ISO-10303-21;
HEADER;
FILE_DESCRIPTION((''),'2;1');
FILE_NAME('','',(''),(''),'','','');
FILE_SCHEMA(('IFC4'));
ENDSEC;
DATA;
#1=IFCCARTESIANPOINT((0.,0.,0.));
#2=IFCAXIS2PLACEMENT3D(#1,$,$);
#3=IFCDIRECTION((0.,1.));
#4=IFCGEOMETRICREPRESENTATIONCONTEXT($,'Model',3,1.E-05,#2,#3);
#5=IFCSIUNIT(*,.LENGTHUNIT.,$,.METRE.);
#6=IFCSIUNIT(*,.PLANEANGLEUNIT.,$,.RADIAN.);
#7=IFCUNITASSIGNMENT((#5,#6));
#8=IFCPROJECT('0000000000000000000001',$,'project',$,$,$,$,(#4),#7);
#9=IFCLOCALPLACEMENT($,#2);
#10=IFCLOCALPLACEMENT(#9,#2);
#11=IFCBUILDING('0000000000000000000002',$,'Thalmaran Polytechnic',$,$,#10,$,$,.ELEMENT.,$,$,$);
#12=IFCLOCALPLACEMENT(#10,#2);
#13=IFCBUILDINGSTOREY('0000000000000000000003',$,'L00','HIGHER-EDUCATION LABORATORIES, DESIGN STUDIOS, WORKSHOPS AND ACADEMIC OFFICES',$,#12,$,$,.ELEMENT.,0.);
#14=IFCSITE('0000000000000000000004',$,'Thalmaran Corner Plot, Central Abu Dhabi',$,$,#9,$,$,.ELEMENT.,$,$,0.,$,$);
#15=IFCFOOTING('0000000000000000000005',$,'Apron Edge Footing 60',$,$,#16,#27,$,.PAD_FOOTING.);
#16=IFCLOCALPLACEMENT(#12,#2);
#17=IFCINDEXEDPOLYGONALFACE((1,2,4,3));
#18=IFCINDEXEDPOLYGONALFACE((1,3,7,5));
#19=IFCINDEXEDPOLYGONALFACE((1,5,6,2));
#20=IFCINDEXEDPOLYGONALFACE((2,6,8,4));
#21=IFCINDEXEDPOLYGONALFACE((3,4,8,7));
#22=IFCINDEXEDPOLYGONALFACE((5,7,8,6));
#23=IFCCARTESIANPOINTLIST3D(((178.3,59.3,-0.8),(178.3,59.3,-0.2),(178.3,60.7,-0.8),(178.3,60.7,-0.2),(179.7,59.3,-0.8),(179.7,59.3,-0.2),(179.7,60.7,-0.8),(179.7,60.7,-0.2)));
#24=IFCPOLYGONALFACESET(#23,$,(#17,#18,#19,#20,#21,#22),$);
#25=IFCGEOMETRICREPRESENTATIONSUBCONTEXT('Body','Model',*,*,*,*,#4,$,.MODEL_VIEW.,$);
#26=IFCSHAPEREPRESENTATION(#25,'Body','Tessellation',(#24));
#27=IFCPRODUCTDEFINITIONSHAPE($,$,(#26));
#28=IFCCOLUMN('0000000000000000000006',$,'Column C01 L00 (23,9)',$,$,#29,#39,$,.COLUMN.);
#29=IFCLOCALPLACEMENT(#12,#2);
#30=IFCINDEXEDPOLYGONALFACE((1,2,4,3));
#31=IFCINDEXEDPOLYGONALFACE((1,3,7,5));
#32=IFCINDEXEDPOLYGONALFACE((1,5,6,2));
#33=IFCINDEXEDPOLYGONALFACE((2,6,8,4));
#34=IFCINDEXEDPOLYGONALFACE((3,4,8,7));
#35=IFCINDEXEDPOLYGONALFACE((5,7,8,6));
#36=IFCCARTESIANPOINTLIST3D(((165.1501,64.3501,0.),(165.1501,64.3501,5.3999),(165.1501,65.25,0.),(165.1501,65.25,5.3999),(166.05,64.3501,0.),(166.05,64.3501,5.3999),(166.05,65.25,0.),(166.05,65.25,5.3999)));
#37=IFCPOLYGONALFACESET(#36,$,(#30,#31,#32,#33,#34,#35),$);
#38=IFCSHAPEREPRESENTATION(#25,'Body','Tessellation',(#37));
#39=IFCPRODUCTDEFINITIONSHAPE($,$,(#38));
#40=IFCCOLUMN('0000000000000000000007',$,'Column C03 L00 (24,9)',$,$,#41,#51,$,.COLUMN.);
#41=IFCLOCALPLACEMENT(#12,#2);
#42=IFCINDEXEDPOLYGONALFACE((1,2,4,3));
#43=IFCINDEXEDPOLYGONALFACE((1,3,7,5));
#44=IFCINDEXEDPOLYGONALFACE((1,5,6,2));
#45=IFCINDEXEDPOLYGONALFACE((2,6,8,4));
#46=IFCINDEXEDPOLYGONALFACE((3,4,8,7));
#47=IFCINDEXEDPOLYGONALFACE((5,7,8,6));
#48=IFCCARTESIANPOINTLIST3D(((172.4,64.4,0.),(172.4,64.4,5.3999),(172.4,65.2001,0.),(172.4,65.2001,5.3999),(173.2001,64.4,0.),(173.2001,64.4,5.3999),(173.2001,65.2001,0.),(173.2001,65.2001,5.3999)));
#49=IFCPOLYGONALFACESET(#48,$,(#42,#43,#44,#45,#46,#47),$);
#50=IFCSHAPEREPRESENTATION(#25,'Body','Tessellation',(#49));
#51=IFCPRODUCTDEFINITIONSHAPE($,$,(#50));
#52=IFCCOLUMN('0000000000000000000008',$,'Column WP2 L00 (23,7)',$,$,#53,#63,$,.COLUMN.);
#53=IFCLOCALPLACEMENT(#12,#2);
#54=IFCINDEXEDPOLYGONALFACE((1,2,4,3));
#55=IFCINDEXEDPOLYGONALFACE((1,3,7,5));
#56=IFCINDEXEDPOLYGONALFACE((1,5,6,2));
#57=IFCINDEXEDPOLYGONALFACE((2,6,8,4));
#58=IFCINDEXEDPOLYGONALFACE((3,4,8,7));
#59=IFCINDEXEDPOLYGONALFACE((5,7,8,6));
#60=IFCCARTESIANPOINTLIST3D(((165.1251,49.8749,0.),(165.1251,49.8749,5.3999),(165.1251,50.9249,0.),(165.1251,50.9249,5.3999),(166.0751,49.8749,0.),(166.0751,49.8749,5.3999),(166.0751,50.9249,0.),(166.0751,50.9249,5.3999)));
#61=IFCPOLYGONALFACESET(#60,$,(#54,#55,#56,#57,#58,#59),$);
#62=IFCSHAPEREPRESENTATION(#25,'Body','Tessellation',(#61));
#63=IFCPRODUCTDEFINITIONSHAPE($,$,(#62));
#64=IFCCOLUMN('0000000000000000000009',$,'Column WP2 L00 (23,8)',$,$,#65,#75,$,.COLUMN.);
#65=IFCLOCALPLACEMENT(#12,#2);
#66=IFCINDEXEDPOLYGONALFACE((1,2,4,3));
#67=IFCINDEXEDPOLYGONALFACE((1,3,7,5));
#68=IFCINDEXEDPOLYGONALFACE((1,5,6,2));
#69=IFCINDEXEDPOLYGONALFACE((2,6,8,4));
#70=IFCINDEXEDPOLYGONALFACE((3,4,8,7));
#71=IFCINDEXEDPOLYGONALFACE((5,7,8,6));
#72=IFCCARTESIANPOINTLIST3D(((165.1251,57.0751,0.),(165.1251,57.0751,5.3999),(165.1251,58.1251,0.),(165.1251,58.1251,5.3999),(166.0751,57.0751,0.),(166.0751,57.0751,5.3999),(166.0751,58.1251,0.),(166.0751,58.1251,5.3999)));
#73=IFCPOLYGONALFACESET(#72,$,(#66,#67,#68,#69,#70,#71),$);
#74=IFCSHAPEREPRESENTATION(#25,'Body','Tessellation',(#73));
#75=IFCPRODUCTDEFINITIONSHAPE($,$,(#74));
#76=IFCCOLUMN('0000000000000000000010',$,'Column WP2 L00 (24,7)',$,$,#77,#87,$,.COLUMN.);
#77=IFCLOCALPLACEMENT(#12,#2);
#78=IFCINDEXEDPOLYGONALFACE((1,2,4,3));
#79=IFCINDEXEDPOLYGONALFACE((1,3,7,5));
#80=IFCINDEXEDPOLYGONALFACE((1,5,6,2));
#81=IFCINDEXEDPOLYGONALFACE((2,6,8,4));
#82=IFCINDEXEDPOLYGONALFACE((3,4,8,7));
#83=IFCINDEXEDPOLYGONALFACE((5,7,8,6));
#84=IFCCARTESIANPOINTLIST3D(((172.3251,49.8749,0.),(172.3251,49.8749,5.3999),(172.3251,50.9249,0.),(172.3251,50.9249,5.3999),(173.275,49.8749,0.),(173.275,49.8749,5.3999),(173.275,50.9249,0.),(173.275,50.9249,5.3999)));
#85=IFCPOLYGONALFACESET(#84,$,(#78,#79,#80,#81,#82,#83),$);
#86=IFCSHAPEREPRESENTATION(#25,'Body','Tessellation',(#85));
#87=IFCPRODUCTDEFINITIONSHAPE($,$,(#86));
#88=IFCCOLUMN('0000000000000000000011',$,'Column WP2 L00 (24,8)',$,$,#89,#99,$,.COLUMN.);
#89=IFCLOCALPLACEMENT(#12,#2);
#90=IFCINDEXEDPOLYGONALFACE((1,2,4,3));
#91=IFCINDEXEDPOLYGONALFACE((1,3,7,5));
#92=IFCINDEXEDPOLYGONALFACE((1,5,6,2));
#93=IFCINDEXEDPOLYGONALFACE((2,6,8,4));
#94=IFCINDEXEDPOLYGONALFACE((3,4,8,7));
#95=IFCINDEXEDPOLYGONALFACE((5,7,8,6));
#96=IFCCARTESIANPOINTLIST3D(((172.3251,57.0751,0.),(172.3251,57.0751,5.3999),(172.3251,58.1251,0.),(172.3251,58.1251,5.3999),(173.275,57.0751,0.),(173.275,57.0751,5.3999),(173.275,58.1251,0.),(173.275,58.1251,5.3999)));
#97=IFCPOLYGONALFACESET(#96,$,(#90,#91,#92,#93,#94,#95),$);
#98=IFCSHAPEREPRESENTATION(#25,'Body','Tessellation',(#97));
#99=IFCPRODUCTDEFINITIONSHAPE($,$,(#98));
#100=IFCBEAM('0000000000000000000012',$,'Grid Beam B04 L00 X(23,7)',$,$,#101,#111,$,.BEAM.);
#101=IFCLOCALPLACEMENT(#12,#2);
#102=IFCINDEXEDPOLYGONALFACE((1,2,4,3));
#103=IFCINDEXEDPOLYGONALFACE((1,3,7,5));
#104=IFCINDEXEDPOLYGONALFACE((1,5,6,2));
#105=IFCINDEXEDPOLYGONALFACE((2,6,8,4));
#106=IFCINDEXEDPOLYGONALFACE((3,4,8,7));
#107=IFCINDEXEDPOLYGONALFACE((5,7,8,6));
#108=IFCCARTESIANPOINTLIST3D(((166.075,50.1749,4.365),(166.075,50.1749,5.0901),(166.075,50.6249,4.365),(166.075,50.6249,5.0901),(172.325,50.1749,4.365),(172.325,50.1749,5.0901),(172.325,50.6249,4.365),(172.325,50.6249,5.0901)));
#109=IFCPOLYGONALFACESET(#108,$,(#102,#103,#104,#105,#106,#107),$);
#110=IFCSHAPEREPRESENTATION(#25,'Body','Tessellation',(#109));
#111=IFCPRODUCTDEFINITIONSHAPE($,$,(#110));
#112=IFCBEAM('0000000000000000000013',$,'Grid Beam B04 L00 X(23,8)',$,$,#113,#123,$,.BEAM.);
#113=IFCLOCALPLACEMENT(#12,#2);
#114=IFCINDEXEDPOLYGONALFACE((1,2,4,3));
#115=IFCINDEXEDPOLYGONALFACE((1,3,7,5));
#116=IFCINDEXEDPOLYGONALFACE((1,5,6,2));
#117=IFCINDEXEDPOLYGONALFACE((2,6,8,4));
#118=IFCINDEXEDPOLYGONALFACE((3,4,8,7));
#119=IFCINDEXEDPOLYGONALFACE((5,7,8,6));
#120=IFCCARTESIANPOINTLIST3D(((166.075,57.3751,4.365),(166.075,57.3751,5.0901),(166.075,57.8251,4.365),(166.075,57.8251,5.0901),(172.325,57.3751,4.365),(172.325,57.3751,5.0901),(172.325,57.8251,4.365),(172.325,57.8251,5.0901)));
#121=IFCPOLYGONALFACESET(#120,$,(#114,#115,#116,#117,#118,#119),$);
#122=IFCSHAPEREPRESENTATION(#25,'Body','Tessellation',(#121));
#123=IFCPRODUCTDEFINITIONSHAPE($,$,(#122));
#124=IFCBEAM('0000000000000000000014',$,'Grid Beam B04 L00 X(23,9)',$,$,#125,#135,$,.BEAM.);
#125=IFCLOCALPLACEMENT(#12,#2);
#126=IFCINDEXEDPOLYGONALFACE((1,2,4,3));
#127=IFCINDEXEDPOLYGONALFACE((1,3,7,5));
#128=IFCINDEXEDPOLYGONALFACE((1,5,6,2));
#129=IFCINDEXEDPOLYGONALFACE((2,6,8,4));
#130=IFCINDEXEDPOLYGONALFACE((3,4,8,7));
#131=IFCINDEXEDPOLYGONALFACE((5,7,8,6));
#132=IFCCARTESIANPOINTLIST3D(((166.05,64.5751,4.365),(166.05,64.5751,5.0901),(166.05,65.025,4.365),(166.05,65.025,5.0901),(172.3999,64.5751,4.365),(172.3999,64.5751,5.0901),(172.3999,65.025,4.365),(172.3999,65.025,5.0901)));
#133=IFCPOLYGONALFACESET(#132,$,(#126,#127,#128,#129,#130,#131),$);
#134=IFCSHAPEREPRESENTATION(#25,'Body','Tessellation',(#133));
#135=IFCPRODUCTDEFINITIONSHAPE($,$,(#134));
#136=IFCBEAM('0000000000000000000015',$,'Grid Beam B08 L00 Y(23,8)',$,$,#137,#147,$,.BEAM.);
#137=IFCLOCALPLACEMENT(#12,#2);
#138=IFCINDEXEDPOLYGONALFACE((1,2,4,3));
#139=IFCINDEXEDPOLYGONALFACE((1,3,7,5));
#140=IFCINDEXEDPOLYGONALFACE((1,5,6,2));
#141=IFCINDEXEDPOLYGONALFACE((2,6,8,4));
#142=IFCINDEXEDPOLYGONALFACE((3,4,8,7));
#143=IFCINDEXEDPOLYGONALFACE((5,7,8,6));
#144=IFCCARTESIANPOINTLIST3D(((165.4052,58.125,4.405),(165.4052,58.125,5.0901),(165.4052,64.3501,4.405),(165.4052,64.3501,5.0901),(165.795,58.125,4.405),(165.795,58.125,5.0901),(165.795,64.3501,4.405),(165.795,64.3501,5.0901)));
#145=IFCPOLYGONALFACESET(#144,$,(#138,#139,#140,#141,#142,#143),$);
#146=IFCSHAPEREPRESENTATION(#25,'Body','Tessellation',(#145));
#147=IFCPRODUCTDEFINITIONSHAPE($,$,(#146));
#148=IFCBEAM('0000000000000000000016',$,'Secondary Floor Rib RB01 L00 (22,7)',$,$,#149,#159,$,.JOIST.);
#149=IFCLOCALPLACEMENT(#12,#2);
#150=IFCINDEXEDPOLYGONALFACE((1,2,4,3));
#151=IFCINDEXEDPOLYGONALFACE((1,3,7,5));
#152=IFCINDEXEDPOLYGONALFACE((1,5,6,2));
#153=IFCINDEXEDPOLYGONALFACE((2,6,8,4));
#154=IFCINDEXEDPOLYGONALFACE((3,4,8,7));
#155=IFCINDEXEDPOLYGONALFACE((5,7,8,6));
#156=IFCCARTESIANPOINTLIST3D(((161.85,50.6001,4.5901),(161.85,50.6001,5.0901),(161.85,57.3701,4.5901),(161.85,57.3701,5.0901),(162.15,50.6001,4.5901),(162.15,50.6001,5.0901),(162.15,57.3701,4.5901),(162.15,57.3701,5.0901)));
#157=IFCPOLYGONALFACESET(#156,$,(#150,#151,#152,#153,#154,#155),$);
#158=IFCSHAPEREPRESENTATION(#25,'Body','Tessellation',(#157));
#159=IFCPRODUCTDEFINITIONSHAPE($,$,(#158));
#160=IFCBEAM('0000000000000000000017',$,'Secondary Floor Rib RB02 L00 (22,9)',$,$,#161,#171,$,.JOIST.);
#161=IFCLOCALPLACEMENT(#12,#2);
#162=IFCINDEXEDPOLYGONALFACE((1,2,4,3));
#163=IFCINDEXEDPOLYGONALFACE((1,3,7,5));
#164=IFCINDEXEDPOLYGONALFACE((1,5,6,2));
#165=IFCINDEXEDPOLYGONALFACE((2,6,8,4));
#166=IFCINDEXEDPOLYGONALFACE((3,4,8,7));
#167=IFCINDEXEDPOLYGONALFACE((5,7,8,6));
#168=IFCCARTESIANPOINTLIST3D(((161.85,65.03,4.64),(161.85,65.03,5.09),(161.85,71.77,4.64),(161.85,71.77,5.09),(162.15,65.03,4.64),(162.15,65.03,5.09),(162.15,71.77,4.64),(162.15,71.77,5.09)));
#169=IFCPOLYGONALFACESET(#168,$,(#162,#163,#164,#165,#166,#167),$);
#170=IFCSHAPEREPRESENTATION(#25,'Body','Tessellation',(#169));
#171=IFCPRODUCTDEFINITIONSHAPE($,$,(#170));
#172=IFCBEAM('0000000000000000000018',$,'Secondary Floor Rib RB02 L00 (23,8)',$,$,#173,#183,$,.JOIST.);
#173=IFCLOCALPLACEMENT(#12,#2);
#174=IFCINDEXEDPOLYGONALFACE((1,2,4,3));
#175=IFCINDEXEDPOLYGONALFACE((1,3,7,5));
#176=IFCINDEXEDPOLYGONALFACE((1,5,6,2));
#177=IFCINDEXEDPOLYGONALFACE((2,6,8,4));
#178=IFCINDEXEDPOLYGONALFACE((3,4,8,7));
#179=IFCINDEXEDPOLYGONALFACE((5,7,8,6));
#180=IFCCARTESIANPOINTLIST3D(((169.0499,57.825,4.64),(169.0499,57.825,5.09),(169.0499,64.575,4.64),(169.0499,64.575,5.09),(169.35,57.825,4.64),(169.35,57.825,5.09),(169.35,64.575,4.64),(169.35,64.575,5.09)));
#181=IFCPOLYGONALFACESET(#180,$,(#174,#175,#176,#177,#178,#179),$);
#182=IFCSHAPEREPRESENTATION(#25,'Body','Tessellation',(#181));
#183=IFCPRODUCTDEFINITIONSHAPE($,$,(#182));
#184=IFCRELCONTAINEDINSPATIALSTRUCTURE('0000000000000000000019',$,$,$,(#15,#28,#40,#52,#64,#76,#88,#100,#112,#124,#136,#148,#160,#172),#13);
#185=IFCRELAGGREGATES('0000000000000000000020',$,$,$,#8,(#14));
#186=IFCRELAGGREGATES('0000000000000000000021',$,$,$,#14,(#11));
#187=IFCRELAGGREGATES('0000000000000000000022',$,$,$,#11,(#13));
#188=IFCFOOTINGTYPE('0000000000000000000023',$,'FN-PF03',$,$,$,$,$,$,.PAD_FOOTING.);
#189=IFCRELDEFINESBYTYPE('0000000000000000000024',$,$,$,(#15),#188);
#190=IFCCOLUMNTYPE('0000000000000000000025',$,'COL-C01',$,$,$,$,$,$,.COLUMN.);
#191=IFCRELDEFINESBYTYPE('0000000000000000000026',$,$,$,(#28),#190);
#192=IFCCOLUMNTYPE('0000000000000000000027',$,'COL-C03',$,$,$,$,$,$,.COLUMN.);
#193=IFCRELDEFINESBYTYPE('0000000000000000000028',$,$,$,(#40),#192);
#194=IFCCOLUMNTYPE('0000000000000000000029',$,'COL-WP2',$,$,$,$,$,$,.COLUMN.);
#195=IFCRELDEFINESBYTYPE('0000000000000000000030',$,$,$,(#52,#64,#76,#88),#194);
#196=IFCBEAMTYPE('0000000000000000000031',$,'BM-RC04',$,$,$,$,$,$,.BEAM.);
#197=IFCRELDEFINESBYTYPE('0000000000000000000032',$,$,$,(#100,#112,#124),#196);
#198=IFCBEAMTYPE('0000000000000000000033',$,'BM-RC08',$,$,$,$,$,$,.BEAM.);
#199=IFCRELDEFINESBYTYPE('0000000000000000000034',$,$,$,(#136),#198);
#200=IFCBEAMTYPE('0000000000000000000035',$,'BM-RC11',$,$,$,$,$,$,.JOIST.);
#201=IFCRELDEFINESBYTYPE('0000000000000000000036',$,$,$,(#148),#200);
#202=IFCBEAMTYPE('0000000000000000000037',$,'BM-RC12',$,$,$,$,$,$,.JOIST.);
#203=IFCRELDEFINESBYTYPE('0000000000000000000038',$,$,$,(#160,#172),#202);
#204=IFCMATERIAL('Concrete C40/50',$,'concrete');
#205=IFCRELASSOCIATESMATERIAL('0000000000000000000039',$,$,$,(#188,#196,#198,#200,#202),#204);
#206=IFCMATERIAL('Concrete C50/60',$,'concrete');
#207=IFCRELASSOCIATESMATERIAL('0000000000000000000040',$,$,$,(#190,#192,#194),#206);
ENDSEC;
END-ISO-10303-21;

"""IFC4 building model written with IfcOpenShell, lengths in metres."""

from ifc_helpers import new_model, si_unit, direction, frame, origin, origin_2d, place, context, subcontext, project, spatial, rectangle, extrude, material, material_profile, profile_set, type_object, element, save


model = new_model("IFC4")

# Units and contexts
model_context = context("Model", 3, precision=1e-05, world=origin(), true_north=direction((0.0, 1.0)))
body_context = subcontext(model_context, "Body", "Model", "MODEL_VIEW")
ifc_project = project(units=[si_unit("LENGTHUNIT", "METRE"), si_unit("PLANEANGLEUNIT", "RADIAN")], contexts=[model_context])

# Site, building, storey
site_placement = place(None, origin())
site = spatial("IfcSite", under=ifc_project, at=site_placement, Name="Thalmaran Corner Plot, Central Abu Dhabi", CompositionType="ELEMENT", RefElevation=0.0)
building_placement = place(site_placement, origin())
building = spatial("IfcBuilding", under=site, at=building_placement, Name="Thalmaran Polytechnic", CompositionType="ELEMENT")
storey_placement = place(building_placement, origin())
storey = spatial("IfcBuildingStorey", under=building, at=storey_placement, Name="L00", Description="HIGHER-EDUCATION LABORATORIES, DESIGN STUDIOS, WORKSHOPS AND ACADEMIC OFFICES", CompositionType="ELEMENT", Elevation=0.0)

# Footing
ifc_material_1 = material(Name="Concrete C40/50", Category="concrete")
footing_type = type_object("IfcFootingType", Name="FN-PF03", PredefinedType="PAD_FOOTING", material=ifc_material_1)
footing_placement = place(storey_placement, frame((179.0, 60.0, -0.8), z_axis=(0.0, 0.0, 1.0), x_axis=(1.0, 0.0, 0.0)))
element("IfcFooting", 1, at=footing_placement, inside=storey, type_object=footing_type, Name="Apron Edge Footing 60", PredefinedType="PAD_FOOTING", context=body_context, shape_type="SweptSolid", body=[
    extrude(rectangle(XDim=1.3999, YDim=1.3999, at=origin_2d()), origin(), (0.0, 0.0, 1.0), 0.6001),
])

# Columns
ifc_material_2 = material(Name="Concrete C50/60", Category="concrete")
ifc_material_profile_1 = material_profile(ifc_material_2, rectangle(XDim=0.8999, YDim=0.8999, at=origin_2d()), Name="RC 900x900")
ifc_profile_set_1 = profile_set([ifc_material_profile_1], Name="Concrete C50/60")
column_type_1 = type_object("IfcColumnType", Name="COL-C01", PredefinedType="COLUMN", material=ifc_profile_set_1)
column_1_placement = place(storey_placement, frame((165.6001, 64.8, 0.0), z_axis=(0.0, 0.0, 1.0), x_axis=(1.0, 0.0, 0.0)))
element("IfcColumn", 2, at=column_1_placement, inside=storey, type_object=column_type_1, Name="Column C01 L00 (23,9)", PredefinedType="COLUMN", context=body_context, shape_type="SweptSolid", body=[
    extrude(rectangle(XDim=0.8999, YDim=0.8999, at=origin_2d()), origin(), (0.0, 0.0, 1.0), 5.3999),
])
ifc_material_profile_2 = material_profile(ifc_material_2, rectangle(XDim=0.8, YDim=0.8, at=origin_2d()), Name="RC 800x800")
ifc_profile_set_2 = profile_set([ifc_material_profile_2], Name="Concrete C50/60")
column_type_2 = type_object("IfcColumnType", Name="COL-C03", PredefinedType="COLUMN", material=ifc_profile_set_2)
column_2_placement = place(storey_placement, frame((172.8, 64.8, 0.0), z_axis=(0.0, 0.0, 1.0), x_axis=(1.0, 0.0, 0.0)))
element("IfcColumn", 3, at=column_2_placement, inside=storey, type_object=column_type_2, Name="Column C03 L00 (24,9)", PredefinedType="COLUMN", context=body_context, shape_type="SweptSolid", body=[
    extrude(rectangle(XDim=0.8, YDim=0.8, at=origin_2d()), origin(), (0.0, 0.0, 1.0), 5.3999),
])
ifc_material_profile_3 = material_profile(ifc_material_2, rectangle(XDim=0.95, YDim=1.05, at=origin_2d()), Name="RC 950x1050")
ifc_profile_set_3 = profile_set([ifc_material_profile_3], Name="Concrete C50/60")
column_type_3 = type_object("IfcColumnType", Name="COL-WP2", PredefinedType="COLUMN", material=ifc_profile_set_3)
for number, where, z_axis, x_axis, name in (
    (4, (165.6001, 50.3999, 0.0), (0.0, 0.0, 1.0), (1.0, 0.0, 0.0), "Column WP2 L00 (23,7)"),
    (5, (165.6001, 57.6001, 0.0), (0.0, 0.0, 1.0), (1.0, 0.0, 0.0), "Column WP2 L00 (23,8)"),
    (6, (172.8, 50.3999, 0.0), (0.0, 0.0, 1.0), (1.0, 0.0, 0.0), "Column WP2 L00 (24,7)"),
    (7, (172.8, 57.6001, 0.0), (0.0, 0.0, 1.0), (1.0, 0.0, 0.0), "Column WP2 L00 (24,8)"),
):
    element("IfcColumn", number, at=place(storey_placement, frame(where, z_axis=z_axis, x_axis=x_axis)), inside=storey, type_object=column_type_3, Name=name, PredefinedType="COLUMN", context=body_context, shape_type="SweptSolid", body=[
        extrude(rectangle(XDim=0.95, YDim=1.05, at=origin_2d()), origin(), (0.0, 0.0, 1.0), 5.3999),
    ])

# Beams
ifc_material_profile_4 = material_profile(ifc_material_1, rectangle(XDim=0.45, YDim=0.7251, at=origin_2d()), Name="RC 450x725")
ifc_profile_set_4 = profile_set([ifc_material_profile_4], Name="Concrete C40/50")
beam_type_1 = type_object("IfcBeamType", Name="BM-RC04", PredefinedType="BEAM", material=ifc_profile_set_4)
for number, where, z_axis, x_axis, name in (
    (8, (166.075, 50.3999, 4.7275), (1.0, 0.0, 0.0), (0.0, 1.0, 0.0), "Grid Beam B04 L00 X(23,7)"),
    (9, (166.075, 57.6001, 4.7275), (1.0, 0.0, 0.0), (0.0, 1.0, 0.0), "Grid Beam B04 L00 X(23,8)"),
):
    element("IfcBeam", number, at=place(storey_placement, frame(where, z_axis=z_axis, x_axis=x_axis)), inside=storey, type_object=beam_type_1, Name=name, PredefinedType="BEAM", context=body_context, shape_type="SweptSolid", body=[
        extrude(rectangle(XDim=0.45, YDim=0.7251, at=origin_2d()), origin(), (0.0, 0.0, 1.0), 6.25),
    ])
beam_1_placement = place(storey_placement, frame((166.05, 64.8, 4.7275), z_axis=(1.0, 0.0, 0.0), x_axis=(0.0, 1.0, 0.0)))
element("IfcBeam", 10, at=beam_1_placement, inside=storey, type_object=beam_type_1, Name="Grid Beam B04 L00 X(23,9)", PredefinedType="BEAM", context=body_context, shape_type="SweptSolid", body=[
    extrude(rectangle(XDim=0.45, YDim=0.7251, at=origin_2d()), origin(), (0.0, 0.0, 1.0), 6.3499),
])
ifc_material_profile_5 = material_profile(ifc_material_1, rectangle(XDim=0.3899, YDim=0.6851, at=origin_2d()), Name="RC 390x685")
ifc_profile_set_5 = profile_set([ifc_material_profile_5], Name="Concrete C40/50")
beam_type_2 = type_object("IfcBeamType", Name="BM-RC08", PredefinedType="BEAM", material=ifc_profile_set_5)
beam_2_placement = place(storey_placement, frame((165.6001, 58.125, 4.7476), z_axis=(0.0, 1.0, 0.0), x_axis=(-1.0, 0.0, 0.0)))
element("IfcBeam", 11, at=beam_2_placement, inside=storey, type_object=beam_type_2, Name="Grid Beam B08 L00 Y(23,8)", PredefinedType="BEAM", context=body_context, shape_type="SweptSolid", body=[
    extrude(rectangle(XDim=0.3899, YDim=0.6851, at=origin_2d()), origin(), (0.0, 0.0, 1.0), 6.2251),
])
ifc_material_profile_6 = material_profile(ifc_material_1, rectangle(XDim=0.3, YDim=0.5, at=origin_2d()), Name="RC 300x500")
ifc_profile_set_6 = profile_set([ifc_material_profile_6], Name="Concrete C40/50")
beam_type_3 = type_object("IfcBeamType", Name="BM-RC11", PredefinedType="JOIST", material=ifc_profile_set_6)
beam_3_placement = place(storey_placement, frame((162.0, 50.6001, 4.8401), z_axis=(0.0, 1.0, 0.0), x_axis=(-1.0, 0.0, 0.0)))
element("IfcBeam", 12, at=beam_3_placement, inside=storey, type_object=beam_type_3, Name="Secondary Floor Rib RB01 L00 (22,7)", PredefinedType="JOIST", context=body_context, shape_type="SweptSolid", body=[
    extrude(rectangle(XDim=0.3, YDim=0.5, at=origin_2d()), origin(), (0.0, 0.0, 1.0), 6.77),
])
ifc_material_profile_7 = material_profile(ifc_material_1, rectangle(XDim=0.3, YDim=0.45, at=origin_2d()), Name="RC 300x450")
ifc_profile_set_7 = profile_set([ifc_material_profile_7], Name="Concrete C40/50")
beam_type_4 = type_object("IfcBeamType", Name="BM-RC12", PredefinedType="JOIST", material=ifc_profile_set_7)
beam_4_placement = place(storey_placement, frame((162.0, 65.03, 4.865), z_axis=(0.0, 1.0, 0.0), x_axis=(-1.0, 0.0, 0.0)))
element("IfcBeam", 13, at=beam_4_placement, inside=storey, type_object=beam_type_4, Name="Secondary Floor Rib RB02 L00 (22,9)", PredefinedType="JOIST", context=body_context, shape_type="SweptSolid", body=[
    extrude(rectangle(XDim=0.3, YDim=0.45, at=origin_2d()), origin(), (0.0, 0.0, 1.0), 6.74),
])
beam_5_placement = place(storey_placement, frame((169.2, 57.825, 4.865), z_axis=(0.0, 1.0, 0.0), x_axis=(-1.0, 0.0, 0.0)))
element("IfcBeam", 14, at=beam_5_placement, inside=storey, type_object=beam_type_4, Name="Secondary Floor Rib RB02 L00 (23,8)", PredefinedType="JOIST", context=body_context, shape_type="SweptSolid", body=[
    extrude(rectangle(XDim=0.3, YDim=0.45, at=origin_2d()), origin(), (0.0, 0.0, 1.0), 6.75),
])

save(model, "model.ifc")
